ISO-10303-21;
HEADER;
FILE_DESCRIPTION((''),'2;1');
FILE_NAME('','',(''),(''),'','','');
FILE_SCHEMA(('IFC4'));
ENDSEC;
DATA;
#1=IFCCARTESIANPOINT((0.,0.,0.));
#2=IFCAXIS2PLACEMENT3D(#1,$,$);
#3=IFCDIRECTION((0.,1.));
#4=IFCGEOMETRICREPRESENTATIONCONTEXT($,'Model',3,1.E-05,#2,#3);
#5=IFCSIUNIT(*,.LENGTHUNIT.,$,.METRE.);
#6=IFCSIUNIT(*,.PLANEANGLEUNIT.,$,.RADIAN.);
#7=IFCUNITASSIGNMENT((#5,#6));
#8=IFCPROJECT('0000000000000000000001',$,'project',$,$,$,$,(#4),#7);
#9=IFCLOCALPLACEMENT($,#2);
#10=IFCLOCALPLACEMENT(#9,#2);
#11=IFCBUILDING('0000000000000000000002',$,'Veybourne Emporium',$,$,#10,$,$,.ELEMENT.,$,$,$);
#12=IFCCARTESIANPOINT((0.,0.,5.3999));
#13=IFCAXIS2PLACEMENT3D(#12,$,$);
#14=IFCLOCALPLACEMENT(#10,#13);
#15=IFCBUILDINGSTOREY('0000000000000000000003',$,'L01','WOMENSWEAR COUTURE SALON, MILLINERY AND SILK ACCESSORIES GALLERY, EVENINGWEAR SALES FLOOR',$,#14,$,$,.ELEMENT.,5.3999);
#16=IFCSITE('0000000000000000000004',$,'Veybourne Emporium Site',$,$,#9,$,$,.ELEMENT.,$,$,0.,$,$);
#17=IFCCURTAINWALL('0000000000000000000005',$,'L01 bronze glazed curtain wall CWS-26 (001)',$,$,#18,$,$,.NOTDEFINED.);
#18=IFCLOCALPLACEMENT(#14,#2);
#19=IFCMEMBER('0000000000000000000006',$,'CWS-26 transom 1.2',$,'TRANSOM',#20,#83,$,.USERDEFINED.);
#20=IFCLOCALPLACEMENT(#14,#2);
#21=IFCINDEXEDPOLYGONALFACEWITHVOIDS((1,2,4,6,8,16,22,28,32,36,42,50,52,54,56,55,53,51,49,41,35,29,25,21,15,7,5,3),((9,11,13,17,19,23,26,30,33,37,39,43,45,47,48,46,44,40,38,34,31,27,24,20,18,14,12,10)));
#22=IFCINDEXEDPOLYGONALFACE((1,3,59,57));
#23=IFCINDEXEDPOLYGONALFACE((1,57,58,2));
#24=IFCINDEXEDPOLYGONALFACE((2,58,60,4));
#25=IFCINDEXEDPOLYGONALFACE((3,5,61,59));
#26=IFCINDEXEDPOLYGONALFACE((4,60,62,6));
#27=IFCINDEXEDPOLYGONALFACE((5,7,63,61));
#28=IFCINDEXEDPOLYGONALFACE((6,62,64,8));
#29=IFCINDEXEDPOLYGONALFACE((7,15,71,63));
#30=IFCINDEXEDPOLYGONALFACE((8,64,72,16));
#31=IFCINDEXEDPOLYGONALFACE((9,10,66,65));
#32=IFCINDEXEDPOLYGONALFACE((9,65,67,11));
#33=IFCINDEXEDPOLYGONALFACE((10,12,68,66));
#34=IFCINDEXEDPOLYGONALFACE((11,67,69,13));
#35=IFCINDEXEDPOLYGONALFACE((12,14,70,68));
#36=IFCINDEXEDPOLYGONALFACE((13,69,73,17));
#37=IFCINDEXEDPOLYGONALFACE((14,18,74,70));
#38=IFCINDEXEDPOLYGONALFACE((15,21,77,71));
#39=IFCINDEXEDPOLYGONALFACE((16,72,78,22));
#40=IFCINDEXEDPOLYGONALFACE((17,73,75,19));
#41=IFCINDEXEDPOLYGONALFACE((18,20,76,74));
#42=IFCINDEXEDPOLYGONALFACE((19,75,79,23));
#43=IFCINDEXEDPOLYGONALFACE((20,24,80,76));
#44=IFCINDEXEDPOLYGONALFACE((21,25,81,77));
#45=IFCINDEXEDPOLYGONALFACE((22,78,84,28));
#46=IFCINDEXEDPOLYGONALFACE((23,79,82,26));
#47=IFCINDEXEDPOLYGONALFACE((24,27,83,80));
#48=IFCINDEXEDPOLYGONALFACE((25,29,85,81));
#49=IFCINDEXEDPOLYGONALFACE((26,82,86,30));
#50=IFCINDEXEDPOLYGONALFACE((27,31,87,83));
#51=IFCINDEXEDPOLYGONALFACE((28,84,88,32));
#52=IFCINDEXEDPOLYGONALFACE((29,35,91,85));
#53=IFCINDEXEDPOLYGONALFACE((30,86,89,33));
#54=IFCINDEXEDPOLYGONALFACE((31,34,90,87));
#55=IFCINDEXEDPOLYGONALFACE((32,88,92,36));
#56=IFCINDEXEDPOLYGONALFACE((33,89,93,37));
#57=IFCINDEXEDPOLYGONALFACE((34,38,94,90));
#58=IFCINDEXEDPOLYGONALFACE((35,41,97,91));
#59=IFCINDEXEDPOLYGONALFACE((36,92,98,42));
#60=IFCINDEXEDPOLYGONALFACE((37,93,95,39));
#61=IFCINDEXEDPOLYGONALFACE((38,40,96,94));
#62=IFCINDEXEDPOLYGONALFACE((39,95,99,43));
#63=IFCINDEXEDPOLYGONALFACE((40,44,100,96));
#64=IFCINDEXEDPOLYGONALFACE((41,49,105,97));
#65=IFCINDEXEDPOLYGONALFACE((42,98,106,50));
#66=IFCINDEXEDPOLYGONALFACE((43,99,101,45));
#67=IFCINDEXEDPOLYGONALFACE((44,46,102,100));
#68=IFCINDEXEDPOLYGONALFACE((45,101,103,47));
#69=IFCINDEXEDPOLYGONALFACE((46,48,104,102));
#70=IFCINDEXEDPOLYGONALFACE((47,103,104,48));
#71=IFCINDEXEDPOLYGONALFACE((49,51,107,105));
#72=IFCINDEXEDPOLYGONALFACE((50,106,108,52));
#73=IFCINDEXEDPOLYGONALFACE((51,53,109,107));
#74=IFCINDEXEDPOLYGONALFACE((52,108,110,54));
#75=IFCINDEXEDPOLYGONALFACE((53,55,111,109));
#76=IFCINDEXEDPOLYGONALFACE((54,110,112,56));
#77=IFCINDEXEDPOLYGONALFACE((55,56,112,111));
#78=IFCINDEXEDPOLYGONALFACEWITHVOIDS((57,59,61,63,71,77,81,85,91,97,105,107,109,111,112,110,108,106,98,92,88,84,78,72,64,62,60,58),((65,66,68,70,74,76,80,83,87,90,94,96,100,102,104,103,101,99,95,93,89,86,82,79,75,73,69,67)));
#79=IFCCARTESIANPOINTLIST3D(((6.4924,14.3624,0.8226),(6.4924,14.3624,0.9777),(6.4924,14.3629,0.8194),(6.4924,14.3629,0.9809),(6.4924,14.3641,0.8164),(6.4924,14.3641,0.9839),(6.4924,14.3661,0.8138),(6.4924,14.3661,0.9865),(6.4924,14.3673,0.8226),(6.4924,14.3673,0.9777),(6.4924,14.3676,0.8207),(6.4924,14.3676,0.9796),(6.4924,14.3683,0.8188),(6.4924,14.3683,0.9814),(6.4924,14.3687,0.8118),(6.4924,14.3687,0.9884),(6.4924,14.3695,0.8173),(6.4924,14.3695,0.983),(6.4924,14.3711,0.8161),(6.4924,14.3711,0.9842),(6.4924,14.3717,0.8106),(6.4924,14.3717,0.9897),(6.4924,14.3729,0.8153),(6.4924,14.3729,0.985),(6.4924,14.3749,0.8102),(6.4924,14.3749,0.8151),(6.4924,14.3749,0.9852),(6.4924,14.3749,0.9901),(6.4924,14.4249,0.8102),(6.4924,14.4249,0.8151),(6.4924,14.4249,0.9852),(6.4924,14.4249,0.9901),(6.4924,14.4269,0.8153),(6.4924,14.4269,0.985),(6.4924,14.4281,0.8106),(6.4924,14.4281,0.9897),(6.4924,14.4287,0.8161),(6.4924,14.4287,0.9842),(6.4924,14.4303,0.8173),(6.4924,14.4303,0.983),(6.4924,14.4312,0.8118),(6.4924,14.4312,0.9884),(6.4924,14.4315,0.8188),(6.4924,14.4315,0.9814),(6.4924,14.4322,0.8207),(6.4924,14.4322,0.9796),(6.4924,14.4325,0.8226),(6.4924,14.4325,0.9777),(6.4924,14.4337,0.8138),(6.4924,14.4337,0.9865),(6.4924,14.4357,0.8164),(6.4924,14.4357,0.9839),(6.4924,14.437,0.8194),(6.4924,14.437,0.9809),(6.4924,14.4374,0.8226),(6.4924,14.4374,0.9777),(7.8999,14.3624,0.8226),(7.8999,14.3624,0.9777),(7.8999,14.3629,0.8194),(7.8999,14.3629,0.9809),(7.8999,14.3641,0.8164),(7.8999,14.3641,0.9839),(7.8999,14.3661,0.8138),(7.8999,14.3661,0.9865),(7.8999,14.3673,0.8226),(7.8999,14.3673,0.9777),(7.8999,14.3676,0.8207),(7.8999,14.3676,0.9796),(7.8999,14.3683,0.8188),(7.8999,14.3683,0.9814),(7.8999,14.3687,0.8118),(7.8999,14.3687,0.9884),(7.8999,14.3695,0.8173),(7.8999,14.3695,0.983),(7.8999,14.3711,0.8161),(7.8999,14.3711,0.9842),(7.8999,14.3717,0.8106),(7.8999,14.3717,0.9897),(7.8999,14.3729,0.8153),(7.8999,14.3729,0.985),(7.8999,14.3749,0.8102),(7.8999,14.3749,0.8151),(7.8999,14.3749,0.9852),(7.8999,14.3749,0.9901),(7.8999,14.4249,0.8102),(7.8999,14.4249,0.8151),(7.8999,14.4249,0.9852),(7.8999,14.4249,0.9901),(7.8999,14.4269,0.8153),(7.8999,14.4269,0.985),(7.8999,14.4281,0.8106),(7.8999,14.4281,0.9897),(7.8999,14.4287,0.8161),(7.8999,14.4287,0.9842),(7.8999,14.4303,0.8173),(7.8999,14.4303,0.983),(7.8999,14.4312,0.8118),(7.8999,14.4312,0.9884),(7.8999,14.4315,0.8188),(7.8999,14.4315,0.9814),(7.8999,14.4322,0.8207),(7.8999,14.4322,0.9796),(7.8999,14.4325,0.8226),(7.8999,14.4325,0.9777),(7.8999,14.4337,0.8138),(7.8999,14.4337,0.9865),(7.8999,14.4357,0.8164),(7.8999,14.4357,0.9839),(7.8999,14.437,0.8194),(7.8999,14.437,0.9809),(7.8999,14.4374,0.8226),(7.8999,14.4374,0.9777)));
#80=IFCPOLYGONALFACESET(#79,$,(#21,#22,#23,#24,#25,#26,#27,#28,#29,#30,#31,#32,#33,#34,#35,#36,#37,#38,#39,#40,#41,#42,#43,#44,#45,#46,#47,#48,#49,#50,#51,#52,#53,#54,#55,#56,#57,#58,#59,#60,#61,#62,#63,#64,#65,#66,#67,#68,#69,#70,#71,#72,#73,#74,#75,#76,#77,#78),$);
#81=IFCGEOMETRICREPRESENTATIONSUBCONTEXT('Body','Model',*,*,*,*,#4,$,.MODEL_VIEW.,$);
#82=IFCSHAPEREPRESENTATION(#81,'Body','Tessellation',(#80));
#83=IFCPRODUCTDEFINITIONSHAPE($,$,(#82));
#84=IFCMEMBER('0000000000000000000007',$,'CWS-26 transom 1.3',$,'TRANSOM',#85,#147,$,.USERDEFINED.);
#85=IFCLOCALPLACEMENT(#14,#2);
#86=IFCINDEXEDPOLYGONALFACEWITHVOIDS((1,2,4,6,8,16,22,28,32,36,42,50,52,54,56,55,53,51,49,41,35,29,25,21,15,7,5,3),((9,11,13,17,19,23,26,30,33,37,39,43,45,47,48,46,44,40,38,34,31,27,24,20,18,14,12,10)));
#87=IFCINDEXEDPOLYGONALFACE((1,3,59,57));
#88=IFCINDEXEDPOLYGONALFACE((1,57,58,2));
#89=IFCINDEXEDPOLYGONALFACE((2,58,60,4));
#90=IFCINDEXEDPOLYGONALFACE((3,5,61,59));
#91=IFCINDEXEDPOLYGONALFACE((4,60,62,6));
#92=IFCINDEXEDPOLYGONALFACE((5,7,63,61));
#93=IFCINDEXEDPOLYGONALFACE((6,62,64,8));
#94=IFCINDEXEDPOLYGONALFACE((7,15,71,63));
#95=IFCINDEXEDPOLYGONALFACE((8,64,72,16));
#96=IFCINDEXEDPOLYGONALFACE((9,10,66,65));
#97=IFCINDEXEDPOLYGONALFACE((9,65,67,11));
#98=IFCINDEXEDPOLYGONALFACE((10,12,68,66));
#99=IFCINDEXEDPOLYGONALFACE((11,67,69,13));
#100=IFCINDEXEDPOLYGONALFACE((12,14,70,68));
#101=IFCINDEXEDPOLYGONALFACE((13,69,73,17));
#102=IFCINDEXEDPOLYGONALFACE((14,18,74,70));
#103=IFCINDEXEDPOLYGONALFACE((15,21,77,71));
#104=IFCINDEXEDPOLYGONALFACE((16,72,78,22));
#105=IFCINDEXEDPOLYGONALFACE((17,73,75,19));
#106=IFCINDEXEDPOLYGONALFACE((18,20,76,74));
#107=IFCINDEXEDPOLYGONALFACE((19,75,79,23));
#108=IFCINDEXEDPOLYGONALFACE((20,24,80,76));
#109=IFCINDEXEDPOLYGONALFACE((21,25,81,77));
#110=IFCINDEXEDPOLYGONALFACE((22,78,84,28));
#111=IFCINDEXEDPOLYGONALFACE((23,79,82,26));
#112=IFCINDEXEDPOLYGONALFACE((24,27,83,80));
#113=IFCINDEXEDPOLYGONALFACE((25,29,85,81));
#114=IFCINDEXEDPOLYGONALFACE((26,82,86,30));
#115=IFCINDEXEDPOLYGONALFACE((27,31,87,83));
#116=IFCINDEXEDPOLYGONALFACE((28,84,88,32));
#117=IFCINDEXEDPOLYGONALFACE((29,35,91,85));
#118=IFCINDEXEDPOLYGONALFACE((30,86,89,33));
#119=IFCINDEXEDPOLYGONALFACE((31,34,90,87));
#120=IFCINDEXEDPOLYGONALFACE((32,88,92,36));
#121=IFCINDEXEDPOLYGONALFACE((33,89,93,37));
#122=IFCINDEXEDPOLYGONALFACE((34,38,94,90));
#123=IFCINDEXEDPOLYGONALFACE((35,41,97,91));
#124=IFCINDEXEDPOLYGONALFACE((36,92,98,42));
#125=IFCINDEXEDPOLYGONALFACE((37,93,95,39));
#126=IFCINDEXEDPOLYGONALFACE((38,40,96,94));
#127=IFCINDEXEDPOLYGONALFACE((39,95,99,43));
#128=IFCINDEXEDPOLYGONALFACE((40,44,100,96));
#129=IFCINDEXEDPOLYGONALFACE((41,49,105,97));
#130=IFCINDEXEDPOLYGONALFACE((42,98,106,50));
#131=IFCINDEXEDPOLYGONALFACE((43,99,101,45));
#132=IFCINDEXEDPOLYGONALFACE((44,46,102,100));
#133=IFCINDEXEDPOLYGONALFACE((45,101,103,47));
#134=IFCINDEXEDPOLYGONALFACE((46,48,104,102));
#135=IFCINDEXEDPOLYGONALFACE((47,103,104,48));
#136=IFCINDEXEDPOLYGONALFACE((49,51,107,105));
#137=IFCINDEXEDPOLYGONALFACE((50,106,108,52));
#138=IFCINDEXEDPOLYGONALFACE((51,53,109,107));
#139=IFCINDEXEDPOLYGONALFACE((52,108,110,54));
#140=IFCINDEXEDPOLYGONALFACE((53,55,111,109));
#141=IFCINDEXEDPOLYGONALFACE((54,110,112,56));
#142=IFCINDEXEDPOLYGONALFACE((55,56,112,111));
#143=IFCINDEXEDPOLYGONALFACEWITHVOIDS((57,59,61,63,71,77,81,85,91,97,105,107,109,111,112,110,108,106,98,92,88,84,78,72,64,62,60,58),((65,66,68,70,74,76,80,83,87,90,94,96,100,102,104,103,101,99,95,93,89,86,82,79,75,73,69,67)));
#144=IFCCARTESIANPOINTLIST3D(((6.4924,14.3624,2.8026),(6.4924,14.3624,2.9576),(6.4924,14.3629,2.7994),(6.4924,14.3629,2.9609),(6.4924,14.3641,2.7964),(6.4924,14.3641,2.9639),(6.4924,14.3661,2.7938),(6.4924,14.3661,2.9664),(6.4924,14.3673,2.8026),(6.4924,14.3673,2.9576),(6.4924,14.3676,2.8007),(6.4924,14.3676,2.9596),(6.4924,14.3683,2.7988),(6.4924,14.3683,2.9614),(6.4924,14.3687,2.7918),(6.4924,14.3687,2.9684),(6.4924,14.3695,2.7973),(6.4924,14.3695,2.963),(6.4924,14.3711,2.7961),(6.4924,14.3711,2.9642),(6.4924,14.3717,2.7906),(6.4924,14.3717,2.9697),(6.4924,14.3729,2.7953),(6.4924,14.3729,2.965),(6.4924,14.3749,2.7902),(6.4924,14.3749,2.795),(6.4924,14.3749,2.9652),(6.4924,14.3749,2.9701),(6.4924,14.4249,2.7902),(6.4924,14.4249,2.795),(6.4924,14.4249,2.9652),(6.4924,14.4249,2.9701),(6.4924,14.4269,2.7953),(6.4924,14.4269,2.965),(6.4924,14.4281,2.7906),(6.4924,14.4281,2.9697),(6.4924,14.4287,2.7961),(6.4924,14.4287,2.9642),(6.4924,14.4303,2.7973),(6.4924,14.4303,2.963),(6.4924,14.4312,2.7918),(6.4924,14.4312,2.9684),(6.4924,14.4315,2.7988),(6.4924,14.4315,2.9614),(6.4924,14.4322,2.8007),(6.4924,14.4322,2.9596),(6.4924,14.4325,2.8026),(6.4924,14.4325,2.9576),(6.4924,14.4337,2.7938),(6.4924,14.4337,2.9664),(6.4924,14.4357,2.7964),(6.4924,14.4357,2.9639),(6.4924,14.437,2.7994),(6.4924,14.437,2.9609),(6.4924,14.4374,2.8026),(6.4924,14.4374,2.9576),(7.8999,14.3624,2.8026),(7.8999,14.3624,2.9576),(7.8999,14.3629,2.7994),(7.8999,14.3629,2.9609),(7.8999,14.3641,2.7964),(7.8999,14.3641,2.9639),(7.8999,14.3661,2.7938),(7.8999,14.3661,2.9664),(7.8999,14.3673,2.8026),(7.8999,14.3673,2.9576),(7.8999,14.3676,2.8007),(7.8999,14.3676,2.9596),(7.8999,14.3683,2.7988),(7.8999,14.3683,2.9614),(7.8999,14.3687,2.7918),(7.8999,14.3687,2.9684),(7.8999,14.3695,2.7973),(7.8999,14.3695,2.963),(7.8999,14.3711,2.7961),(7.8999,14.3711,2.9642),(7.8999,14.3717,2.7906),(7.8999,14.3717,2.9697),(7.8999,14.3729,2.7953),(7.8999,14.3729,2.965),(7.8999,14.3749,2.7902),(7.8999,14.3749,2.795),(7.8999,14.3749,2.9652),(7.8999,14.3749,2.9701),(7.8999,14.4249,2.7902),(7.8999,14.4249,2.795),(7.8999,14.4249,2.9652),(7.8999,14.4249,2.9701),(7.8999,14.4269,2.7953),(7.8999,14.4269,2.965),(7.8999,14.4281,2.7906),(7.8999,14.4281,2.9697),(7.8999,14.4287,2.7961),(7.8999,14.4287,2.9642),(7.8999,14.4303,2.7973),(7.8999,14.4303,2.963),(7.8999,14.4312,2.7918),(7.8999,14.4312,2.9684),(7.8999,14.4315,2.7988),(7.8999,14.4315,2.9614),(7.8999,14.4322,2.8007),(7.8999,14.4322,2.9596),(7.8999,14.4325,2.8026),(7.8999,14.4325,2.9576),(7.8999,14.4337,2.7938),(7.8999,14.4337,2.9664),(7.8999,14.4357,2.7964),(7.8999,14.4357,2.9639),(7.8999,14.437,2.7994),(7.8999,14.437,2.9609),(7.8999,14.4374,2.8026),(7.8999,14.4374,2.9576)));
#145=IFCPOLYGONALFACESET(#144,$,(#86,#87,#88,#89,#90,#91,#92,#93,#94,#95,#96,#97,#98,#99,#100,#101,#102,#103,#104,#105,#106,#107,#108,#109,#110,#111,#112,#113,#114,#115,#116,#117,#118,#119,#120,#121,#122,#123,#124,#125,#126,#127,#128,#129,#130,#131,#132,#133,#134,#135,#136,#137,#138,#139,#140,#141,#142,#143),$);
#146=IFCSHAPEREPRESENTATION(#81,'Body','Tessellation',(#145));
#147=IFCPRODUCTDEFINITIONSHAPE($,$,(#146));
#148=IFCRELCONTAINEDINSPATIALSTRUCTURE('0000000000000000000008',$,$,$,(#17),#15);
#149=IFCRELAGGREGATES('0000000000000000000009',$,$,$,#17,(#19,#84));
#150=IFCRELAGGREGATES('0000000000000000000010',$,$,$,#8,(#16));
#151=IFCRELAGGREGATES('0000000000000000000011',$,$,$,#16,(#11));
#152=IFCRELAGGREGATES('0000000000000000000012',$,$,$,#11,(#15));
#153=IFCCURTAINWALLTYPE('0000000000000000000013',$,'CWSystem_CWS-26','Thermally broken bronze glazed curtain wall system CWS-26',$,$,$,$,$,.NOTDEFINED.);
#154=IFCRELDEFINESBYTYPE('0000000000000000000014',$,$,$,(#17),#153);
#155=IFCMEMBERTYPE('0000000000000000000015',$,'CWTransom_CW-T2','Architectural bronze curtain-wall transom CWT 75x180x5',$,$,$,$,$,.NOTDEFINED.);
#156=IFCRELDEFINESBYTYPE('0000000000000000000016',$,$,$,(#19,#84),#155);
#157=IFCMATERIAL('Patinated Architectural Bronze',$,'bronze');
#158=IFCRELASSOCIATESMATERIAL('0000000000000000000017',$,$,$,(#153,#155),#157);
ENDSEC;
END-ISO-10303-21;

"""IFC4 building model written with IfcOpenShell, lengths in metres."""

from ifc_helpers import new_model, si_unit, direction, frame, origin, origin_2d, place, context, subcontext, project, spatial, hollow_rectangle, extrude, material, material_profile, profile_set, type_object, element, aggregate, save


model = new_model("IFC4")

# Units and contexts
model_context = context("Model", 3, precision=1e-05, world=origin(), true_north=direction((0.0, 1.0)))
body_context = subcontext(model_context, "Body", "Model", "MODEL_VIEW")
ifc_project = project(units=[si_unit("LENGTHUNIT", "METRE"), si_unit("PLANEANGLEUNIT", "RADIAN")], contexts=[model_context])

# Site, building, storey
site_placement = place(None, origin())
site = spatial("IfcSite", under=ifc_project, at=site_placement, Name="Veybourne Emporium Site", CompositionType="ELEMENT", RefElevation=0.0)
building_placement = place(site_placement, origin())
building = spatial("IfcBuilding", under=site, at=building_placement, Name="Veybourne Emporium", CompositionType="ELEMENT")
storey_placement = place(building_placement, frame((0.0, 0.0, 5.3999)))
storey = spatial("IfcBuildingStorey", under=building, at=storey_placement, Name="L01", Description="WOMENSWEAR COUTURE SALON, MILLINERY AND SILK ACCESSORIES GALLERY, EVENINGWEAR SALES FLOOR", CompositionType="ELEMENT", Elevation=5.3999)

# Curtain wall
ifc_material_1 = material(Name="Patinated Architectural Bronze", Category="bronze")
curtain_wall_type_1 = type_object("IfcCurtainWallType", Name="CWSystem_CWS-26", Description="Thermally broken bronze glazed curtain wall system CWS-26", PredefinedType="NOTDEFINED", material=ifc_material_1)
curtain_wall_1_placement = place(storey_placement, origin())
curtain_wall_1 = element("IfcCurtainWall", 1, at=curtain_wall_1_placement, inside=storey, type_object=curtain_wall_type_1, Name="L01 bronze glazed curtain wall CWS-26 (001)", PredefinedType="NOTDEFINED")

# Members
ifc_material_profile_1 = material_profile(ifc_material_1, hollow_rectangle(XDim=0.075, YDim=0.1799, WallThickness=0.0049, InnerFilletRadius=0.0076, OuterFilletRadius=0.0125, at=origin_2d()), Name="CWT 75x180x5")
ifc_profile_set_1 = profile_set([ifc_material_profile_1], Name="Patinated Architectural Bronze")
member_type_1 = type_object("IfcMemberType", Name="CWTransom_CW-T2", Description="Architectural bronze curtain-wall transom CWT 75x180x5", PredefinedType="NOTDEFINED", material=ifc_profile_set_1)
member_1_placement = place(storey_placement, frame((7.8999, 14.3999, 0.9001), z_axis=(-1.0, 0.0, 0.0), x_axis=(0.0, -1.0, 0.0)))
member_1 = element("IfcMember", 2, at=member_1_placement, type_object=member_type_1, Name="CWS-26 transom 1.2", ObjectType="TRANSOM", PredefinedType="USERDEFINED", context=body_context, shape_type="SweptSolid", body=[
    extrude(hollow_rectangle(XDim=0.075, YDim=0.1799, WallThickness=0.0049, InnerFilletRadius=0.0076, OuterFilletRadius=0.0125, at=origin_2d()), origin(), (0.0, 0.0, 1.0), 1.4075),
])
member_2_placement = place(storey_placement, frame((7.8999, 14.3999, 2.8801), z_axis=(-1.0, 0.0, 0.0), x_axis=(0.0, -1.0, 0.0)))
member_2 = element("IfcMember", 3, at=member_2_placement, type_object=member_type_1, Name="CWS-26 transom 1.3", ObjectType="TRANSOM", PredefinedType="USERDEFINED", context=body_context, shape_type="SweptSolid", body=[
    extrude(hollow_rectangle(XDim=0.075, YDim=0.1799, WallThickness=0.0049, InnerFilletRadius=0.0076, OuterFilletRadius=0.0125, at=origin_2d()), origin(), (0.0, 0.0, 1.0), 1.4075),
])

aggregate(curtain_wall_1, [member_1, member_2])

save(model, "model.ifc")
